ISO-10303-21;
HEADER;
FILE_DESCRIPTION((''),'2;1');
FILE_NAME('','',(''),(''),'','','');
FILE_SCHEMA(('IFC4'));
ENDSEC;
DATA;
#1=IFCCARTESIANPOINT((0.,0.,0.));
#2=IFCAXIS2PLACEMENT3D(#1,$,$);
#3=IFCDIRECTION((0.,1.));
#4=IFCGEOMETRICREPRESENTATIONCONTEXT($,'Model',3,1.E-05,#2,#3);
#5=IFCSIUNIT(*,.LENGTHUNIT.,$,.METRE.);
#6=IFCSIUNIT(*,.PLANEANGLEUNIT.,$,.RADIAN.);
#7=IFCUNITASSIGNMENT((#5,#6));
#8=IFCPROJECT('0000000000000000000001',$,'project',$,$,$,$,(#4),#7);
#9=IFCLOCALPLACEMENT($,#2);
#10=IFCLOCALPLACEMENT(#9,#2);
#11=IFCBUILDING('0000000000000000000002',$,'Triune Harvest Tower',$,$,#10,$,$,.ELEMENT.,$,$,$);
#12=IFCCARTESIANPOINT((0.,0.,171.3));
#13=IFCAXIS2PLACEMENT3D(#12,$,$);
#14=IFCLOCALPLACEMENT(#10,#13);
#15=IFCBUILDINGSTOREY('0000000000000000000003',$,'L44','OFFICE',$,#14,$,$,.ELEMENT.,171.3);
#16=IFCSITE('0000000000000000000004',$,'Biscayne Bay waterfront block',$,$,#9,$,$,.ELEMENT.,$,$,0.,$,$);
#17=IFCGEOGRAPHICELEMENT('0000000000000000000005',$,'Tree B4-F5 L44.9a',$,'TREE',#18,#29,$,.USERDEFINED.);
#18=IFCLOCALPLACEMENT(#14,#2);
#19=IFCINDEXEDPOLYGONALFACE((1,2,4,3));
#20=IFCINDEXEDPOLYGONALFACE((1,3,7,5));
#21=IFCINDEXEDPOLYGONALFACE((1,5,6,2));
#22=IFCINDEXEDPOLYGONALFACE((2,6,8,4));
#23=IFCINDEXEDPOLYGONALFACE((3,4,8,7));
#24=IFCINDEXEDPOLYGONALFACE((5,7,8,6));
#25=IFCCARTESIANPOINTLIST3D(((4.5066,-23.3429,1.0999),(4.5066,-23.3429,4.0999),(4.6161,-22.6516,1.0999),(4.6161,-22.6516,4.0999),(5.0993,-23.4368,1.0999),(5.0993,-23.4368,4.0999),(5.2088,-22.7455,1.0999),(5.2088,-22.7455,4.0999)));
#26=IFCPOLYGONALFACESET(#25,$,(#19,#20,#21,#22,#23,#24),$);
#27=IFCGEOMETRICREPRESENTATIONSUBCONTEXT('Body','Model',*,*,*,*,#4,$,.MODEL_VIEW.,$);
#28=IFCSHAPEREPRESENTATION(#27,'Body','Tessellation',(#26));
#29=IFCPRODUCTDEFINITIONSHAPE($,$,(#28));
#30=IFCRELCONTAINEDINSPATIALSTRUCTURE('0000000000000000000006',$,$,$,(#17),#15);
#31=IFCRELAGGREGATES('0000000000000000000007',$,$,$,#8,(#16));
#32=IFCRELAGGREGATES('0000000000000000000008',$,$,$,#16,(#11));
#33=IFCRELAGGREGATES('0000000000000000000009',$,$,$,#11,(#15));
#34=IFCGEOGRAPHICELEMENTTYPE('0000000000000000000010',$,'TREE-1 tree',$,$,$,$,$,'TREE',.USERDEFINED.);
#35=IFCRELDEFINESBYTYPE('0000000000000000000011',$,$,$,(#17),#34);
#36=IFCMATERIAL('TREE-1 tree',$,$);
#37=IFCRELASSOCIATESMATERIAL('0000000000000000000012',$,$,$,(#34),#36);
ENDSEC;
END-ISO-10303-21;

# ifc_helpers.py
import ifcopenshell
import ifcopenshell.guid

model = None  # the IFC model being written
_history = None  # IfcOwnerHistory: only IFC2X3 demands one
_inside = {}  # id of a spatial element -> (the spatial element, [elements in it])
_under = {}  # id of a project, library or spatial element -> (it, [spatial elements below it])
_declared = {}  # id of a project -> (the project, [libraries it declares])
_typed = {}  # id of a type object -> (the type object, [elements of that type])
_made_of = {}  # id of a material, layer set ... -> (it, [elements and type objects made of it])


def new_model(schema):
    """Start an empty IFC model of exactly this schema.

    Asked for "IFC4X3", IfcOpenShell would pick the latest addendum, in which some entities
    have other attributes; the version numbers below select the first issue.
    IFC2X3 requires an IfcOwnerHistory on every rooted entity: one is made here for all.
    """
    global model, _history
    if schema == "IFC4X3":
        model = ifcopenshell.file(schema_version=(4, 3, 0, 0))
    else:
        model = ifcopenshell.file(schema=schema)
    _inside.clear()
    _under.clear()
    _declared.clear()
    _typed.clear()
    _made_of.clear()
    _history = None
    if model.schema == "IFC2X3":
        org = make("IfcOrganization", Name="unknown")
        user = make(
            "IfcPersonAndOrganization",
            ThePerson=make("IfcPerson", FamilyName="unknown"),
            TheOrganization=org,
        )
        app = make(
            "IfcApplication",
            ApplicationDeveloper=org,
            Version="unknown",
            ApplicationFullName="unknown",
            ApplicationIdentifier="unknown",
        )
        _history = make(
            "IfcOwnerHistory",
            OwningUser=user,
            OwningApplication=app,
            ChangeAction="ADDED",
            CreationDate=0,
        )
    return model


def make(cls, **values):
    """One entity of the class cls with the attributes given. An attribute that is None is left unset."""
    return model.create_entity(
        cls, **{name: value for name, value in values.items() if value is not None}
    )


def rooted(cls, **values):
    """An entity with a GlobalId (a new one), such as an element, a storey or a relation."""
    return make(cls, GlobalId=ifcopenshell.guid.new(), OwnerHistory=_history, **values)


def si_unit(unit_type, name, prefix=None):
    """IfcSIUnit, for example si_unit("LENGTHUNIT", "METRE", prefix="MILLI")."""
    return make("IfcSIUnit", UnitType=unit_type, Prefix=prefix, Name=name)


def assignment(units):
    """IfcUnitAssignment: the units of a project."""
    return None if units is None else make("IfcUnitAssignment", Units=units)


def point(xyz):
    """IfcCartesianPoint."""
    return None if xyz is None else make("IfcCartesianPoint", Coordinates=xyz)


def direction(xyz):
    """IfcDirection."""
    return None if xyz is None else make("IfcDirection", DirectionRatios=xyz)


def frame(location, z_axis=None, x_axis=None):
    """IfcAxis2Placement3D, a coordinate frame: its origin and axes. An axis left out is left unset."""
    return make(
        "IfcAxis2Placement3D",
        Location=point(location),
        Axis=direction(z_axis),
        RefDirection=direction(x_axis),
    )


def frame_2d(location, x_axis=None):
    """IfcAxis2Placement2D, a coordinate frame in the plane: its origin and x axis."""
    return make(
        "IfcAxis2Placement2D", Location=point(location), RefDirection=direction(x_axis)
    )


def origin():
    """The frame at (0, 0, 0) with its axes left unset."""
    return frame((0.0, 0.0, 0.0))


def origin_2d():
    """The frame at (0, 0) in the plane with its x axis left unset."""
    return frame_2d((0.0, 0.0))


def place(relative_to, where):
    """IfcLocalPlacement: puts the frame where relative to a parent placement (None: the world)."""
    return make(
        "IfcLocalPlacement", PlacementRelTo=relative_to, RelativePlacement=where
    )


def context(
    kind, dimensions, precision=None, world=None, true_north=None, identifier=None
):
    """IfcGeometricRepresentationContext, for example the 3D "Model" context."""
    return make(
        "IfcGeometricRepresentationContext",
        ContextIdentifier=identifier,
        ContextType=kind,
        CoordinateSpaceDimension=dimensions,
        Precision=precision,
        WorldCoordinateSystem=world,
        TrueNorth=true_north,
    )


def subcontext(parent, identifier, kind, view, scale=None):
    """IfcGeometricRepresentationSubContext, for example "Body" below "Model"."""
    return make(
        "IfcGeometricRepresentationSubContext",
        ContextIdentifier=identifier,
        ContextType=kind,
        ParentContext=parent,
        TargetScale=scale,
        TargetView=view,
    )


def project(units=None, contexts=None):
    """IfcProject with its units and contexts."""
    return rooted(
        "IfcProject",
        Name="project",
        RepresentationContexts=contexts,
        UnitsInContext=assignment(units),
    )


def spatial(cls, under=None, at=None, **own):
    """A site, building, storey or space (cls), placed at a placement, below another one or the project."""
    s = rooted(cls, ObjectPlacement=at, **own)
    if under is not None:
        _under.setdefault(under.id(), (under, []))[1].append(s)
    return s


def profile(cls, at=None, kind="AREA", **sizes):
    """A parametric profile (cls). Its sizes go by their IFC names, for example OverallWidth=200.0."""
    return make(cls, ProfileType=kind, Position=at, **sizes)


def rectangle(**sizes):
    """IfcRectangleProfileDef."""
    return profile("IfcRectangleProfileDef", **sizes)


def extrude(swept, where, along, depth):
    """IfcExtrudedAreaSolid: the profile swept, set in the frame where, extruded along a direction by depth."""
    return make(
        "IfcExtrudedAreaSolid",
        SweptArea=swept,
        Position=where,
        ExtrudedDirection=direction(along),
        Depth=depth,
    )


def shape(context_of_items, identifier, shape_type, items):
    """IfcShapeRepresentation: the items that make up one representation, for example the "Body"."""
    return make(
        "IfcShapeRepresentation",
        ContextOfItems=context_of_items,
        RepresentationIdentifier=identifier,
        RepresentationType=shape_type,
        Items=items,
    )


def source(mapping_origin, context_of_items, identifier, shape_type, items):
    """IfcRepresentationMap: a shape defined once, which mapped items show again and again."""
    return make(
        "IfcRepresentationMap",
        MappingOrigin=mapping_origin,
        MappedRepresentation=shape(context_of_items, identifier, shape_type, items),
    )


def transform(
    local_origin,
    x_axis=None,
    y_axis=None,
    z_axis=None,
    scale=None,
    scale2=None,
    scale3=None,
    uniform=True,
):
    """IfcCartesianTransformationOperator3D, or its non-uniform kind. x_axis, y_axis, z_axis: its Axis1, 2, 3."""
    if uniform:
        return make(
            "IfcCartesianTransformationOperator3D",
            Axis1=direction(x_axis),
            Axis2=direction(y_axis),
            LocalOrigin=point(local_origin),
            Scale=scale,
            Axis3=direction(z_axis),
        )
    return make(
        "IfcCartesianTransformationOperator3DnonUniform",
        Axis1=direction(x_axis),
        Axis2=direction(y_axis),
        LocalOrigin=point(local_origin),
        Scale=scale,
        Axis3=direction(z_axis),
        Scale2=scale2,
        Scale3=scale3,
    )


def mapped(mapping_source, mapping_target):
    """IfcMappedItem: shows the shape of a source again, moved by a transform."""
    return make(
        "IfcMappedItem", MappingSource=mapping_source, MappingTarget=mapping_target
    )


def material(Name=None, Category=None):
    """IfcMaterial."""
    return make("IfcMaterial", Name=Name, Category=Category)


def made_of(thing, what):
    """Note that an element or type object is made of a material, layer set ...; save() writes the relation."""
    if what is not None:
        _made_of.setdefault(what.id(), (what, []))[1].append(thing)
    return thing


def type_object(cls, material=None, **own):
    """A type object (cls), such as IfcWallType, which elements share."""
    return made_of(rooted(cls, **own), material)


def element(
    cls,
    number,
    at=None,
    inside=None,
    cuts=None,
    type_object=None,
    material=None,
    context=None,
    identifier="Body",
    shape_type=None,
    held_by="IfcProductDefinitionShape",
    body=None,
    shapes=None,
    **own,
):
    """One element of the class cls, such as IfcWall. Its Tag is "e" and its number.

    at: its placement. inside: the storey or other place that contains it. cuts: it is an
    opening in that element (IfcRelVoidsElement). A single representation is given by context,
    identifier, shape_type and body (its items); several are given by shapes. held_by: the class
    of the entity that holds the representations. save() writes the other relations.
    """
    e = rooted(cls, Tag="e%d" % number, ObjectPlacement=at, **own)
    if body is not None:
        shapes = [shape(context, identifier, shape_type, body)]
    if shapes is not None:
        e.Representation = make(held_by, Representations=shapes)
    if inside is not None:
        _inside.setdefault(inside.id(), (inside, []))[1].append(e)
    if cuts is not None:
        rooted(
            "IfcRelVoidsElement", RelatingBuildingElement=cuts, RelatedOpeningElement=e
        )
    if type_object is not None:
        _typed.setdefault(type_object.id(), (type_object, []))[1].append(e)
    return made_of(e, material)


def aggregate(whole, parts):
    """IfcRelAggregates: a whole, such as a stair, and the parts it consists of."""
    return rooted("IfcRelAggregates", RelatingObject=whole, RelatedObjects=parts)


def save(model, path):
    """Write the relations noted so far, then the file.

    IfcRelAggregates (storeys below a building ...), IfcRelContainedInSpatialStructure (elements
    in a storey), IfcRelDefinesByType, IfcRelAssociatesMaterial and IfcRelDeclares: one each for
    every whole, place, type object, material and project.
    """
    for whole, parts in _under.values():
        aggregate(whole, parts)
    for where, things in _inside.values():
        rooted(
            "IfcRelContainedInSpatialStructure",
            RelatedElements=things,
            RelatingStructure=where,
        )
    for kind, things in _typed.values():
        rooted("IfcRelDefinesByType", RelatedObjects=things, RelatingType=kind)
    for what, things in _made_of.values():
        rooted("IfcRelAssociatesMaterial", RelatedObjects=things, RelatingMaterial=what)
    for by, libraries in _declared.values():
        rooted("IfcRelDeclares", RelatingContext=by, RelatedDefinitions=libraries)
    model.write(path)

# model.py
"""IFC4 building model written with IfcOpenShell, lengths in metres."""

from ifc_helpers import new_model, si_unit, direction, frame, origin, origin_2d, place, context, subcontext, project, spatial, rectangle, extrude, source, transform, mapped, material, type_object, element, save


model = new_model("IFC4")

# Units and contexts
model_context = context("Model", 3, precision=1e-05, world=origin(), true_north=direction((0.0, 1.0)))
body_context = subcontext(model_context, "Body", "Model", "MODEL_VIEW")
ifc_project = project(units=[si_unit("LENGTHUNIT", "METRE"), si_unit("PLANEANGLEUNIT", "RADIAN")], contexts=[model_context])

# Site, building, storey
site_placement = place(None, origin())
site = spatial("IfcSite", under=ifc_project, at=site_placement, Name="Biscayne Bay waterfront block", CompositionType="ELEMENT", RefElevation=0.0)
building_placement = place(site_placement, origin())
building = spatial("IfcBuilding", under=site, at=building_placement, Name="Triune Harvest Tower", CompositionType="ELEMENT")
storey_placement = place(building_placement, frame((0.0, 0.0, 171.3)))
storey = spatial("IfcBuildingStorey", under=building, at=storey_placement, Name="L44", Description="OFFICE", CompositionType="ELEMENT", Elevation=171.3)

# Geographic element
ifc_material_1 = material(Name="TREE-1 tree")
geographic_element_type = type_object("IfcGeographicElementType", Name="TREE-1 tree", ElementType="TREE", PredefinedType="USERDEFINED", material=ifc_material_1)
shared_shape_1 = source(origin(), body_context, "Body", "SweptSolid", [
    extrude(rectangle(XDim=0.6001, YDim=0.7, at=origin_2d()), origin(), (0.0, 0.0, 1.0), 3.0),
])
geographic_element_placement = place(storey_placement, frame((4.8577, -23.0442, 1.0999), z_axis=(0.0, 0.0, 1.0), x_axis=(0.987688, -0.156435, 0.0)))
element("IfcGeographicElement", 1, at=geographic_element_placement, inside=storey, type_object=geographic_element_type, Name="Tree B4-F5 L44.9a", ObjectType="TREE", PredefinedType="USERDEFINED", context=body_context, shape_type="MappedRepresentation", body=[
    mapped(shared_shape_1, transform((0.0, 0.0, 0.0), scale=1.0)),
])

save(model, "model.ifc")
